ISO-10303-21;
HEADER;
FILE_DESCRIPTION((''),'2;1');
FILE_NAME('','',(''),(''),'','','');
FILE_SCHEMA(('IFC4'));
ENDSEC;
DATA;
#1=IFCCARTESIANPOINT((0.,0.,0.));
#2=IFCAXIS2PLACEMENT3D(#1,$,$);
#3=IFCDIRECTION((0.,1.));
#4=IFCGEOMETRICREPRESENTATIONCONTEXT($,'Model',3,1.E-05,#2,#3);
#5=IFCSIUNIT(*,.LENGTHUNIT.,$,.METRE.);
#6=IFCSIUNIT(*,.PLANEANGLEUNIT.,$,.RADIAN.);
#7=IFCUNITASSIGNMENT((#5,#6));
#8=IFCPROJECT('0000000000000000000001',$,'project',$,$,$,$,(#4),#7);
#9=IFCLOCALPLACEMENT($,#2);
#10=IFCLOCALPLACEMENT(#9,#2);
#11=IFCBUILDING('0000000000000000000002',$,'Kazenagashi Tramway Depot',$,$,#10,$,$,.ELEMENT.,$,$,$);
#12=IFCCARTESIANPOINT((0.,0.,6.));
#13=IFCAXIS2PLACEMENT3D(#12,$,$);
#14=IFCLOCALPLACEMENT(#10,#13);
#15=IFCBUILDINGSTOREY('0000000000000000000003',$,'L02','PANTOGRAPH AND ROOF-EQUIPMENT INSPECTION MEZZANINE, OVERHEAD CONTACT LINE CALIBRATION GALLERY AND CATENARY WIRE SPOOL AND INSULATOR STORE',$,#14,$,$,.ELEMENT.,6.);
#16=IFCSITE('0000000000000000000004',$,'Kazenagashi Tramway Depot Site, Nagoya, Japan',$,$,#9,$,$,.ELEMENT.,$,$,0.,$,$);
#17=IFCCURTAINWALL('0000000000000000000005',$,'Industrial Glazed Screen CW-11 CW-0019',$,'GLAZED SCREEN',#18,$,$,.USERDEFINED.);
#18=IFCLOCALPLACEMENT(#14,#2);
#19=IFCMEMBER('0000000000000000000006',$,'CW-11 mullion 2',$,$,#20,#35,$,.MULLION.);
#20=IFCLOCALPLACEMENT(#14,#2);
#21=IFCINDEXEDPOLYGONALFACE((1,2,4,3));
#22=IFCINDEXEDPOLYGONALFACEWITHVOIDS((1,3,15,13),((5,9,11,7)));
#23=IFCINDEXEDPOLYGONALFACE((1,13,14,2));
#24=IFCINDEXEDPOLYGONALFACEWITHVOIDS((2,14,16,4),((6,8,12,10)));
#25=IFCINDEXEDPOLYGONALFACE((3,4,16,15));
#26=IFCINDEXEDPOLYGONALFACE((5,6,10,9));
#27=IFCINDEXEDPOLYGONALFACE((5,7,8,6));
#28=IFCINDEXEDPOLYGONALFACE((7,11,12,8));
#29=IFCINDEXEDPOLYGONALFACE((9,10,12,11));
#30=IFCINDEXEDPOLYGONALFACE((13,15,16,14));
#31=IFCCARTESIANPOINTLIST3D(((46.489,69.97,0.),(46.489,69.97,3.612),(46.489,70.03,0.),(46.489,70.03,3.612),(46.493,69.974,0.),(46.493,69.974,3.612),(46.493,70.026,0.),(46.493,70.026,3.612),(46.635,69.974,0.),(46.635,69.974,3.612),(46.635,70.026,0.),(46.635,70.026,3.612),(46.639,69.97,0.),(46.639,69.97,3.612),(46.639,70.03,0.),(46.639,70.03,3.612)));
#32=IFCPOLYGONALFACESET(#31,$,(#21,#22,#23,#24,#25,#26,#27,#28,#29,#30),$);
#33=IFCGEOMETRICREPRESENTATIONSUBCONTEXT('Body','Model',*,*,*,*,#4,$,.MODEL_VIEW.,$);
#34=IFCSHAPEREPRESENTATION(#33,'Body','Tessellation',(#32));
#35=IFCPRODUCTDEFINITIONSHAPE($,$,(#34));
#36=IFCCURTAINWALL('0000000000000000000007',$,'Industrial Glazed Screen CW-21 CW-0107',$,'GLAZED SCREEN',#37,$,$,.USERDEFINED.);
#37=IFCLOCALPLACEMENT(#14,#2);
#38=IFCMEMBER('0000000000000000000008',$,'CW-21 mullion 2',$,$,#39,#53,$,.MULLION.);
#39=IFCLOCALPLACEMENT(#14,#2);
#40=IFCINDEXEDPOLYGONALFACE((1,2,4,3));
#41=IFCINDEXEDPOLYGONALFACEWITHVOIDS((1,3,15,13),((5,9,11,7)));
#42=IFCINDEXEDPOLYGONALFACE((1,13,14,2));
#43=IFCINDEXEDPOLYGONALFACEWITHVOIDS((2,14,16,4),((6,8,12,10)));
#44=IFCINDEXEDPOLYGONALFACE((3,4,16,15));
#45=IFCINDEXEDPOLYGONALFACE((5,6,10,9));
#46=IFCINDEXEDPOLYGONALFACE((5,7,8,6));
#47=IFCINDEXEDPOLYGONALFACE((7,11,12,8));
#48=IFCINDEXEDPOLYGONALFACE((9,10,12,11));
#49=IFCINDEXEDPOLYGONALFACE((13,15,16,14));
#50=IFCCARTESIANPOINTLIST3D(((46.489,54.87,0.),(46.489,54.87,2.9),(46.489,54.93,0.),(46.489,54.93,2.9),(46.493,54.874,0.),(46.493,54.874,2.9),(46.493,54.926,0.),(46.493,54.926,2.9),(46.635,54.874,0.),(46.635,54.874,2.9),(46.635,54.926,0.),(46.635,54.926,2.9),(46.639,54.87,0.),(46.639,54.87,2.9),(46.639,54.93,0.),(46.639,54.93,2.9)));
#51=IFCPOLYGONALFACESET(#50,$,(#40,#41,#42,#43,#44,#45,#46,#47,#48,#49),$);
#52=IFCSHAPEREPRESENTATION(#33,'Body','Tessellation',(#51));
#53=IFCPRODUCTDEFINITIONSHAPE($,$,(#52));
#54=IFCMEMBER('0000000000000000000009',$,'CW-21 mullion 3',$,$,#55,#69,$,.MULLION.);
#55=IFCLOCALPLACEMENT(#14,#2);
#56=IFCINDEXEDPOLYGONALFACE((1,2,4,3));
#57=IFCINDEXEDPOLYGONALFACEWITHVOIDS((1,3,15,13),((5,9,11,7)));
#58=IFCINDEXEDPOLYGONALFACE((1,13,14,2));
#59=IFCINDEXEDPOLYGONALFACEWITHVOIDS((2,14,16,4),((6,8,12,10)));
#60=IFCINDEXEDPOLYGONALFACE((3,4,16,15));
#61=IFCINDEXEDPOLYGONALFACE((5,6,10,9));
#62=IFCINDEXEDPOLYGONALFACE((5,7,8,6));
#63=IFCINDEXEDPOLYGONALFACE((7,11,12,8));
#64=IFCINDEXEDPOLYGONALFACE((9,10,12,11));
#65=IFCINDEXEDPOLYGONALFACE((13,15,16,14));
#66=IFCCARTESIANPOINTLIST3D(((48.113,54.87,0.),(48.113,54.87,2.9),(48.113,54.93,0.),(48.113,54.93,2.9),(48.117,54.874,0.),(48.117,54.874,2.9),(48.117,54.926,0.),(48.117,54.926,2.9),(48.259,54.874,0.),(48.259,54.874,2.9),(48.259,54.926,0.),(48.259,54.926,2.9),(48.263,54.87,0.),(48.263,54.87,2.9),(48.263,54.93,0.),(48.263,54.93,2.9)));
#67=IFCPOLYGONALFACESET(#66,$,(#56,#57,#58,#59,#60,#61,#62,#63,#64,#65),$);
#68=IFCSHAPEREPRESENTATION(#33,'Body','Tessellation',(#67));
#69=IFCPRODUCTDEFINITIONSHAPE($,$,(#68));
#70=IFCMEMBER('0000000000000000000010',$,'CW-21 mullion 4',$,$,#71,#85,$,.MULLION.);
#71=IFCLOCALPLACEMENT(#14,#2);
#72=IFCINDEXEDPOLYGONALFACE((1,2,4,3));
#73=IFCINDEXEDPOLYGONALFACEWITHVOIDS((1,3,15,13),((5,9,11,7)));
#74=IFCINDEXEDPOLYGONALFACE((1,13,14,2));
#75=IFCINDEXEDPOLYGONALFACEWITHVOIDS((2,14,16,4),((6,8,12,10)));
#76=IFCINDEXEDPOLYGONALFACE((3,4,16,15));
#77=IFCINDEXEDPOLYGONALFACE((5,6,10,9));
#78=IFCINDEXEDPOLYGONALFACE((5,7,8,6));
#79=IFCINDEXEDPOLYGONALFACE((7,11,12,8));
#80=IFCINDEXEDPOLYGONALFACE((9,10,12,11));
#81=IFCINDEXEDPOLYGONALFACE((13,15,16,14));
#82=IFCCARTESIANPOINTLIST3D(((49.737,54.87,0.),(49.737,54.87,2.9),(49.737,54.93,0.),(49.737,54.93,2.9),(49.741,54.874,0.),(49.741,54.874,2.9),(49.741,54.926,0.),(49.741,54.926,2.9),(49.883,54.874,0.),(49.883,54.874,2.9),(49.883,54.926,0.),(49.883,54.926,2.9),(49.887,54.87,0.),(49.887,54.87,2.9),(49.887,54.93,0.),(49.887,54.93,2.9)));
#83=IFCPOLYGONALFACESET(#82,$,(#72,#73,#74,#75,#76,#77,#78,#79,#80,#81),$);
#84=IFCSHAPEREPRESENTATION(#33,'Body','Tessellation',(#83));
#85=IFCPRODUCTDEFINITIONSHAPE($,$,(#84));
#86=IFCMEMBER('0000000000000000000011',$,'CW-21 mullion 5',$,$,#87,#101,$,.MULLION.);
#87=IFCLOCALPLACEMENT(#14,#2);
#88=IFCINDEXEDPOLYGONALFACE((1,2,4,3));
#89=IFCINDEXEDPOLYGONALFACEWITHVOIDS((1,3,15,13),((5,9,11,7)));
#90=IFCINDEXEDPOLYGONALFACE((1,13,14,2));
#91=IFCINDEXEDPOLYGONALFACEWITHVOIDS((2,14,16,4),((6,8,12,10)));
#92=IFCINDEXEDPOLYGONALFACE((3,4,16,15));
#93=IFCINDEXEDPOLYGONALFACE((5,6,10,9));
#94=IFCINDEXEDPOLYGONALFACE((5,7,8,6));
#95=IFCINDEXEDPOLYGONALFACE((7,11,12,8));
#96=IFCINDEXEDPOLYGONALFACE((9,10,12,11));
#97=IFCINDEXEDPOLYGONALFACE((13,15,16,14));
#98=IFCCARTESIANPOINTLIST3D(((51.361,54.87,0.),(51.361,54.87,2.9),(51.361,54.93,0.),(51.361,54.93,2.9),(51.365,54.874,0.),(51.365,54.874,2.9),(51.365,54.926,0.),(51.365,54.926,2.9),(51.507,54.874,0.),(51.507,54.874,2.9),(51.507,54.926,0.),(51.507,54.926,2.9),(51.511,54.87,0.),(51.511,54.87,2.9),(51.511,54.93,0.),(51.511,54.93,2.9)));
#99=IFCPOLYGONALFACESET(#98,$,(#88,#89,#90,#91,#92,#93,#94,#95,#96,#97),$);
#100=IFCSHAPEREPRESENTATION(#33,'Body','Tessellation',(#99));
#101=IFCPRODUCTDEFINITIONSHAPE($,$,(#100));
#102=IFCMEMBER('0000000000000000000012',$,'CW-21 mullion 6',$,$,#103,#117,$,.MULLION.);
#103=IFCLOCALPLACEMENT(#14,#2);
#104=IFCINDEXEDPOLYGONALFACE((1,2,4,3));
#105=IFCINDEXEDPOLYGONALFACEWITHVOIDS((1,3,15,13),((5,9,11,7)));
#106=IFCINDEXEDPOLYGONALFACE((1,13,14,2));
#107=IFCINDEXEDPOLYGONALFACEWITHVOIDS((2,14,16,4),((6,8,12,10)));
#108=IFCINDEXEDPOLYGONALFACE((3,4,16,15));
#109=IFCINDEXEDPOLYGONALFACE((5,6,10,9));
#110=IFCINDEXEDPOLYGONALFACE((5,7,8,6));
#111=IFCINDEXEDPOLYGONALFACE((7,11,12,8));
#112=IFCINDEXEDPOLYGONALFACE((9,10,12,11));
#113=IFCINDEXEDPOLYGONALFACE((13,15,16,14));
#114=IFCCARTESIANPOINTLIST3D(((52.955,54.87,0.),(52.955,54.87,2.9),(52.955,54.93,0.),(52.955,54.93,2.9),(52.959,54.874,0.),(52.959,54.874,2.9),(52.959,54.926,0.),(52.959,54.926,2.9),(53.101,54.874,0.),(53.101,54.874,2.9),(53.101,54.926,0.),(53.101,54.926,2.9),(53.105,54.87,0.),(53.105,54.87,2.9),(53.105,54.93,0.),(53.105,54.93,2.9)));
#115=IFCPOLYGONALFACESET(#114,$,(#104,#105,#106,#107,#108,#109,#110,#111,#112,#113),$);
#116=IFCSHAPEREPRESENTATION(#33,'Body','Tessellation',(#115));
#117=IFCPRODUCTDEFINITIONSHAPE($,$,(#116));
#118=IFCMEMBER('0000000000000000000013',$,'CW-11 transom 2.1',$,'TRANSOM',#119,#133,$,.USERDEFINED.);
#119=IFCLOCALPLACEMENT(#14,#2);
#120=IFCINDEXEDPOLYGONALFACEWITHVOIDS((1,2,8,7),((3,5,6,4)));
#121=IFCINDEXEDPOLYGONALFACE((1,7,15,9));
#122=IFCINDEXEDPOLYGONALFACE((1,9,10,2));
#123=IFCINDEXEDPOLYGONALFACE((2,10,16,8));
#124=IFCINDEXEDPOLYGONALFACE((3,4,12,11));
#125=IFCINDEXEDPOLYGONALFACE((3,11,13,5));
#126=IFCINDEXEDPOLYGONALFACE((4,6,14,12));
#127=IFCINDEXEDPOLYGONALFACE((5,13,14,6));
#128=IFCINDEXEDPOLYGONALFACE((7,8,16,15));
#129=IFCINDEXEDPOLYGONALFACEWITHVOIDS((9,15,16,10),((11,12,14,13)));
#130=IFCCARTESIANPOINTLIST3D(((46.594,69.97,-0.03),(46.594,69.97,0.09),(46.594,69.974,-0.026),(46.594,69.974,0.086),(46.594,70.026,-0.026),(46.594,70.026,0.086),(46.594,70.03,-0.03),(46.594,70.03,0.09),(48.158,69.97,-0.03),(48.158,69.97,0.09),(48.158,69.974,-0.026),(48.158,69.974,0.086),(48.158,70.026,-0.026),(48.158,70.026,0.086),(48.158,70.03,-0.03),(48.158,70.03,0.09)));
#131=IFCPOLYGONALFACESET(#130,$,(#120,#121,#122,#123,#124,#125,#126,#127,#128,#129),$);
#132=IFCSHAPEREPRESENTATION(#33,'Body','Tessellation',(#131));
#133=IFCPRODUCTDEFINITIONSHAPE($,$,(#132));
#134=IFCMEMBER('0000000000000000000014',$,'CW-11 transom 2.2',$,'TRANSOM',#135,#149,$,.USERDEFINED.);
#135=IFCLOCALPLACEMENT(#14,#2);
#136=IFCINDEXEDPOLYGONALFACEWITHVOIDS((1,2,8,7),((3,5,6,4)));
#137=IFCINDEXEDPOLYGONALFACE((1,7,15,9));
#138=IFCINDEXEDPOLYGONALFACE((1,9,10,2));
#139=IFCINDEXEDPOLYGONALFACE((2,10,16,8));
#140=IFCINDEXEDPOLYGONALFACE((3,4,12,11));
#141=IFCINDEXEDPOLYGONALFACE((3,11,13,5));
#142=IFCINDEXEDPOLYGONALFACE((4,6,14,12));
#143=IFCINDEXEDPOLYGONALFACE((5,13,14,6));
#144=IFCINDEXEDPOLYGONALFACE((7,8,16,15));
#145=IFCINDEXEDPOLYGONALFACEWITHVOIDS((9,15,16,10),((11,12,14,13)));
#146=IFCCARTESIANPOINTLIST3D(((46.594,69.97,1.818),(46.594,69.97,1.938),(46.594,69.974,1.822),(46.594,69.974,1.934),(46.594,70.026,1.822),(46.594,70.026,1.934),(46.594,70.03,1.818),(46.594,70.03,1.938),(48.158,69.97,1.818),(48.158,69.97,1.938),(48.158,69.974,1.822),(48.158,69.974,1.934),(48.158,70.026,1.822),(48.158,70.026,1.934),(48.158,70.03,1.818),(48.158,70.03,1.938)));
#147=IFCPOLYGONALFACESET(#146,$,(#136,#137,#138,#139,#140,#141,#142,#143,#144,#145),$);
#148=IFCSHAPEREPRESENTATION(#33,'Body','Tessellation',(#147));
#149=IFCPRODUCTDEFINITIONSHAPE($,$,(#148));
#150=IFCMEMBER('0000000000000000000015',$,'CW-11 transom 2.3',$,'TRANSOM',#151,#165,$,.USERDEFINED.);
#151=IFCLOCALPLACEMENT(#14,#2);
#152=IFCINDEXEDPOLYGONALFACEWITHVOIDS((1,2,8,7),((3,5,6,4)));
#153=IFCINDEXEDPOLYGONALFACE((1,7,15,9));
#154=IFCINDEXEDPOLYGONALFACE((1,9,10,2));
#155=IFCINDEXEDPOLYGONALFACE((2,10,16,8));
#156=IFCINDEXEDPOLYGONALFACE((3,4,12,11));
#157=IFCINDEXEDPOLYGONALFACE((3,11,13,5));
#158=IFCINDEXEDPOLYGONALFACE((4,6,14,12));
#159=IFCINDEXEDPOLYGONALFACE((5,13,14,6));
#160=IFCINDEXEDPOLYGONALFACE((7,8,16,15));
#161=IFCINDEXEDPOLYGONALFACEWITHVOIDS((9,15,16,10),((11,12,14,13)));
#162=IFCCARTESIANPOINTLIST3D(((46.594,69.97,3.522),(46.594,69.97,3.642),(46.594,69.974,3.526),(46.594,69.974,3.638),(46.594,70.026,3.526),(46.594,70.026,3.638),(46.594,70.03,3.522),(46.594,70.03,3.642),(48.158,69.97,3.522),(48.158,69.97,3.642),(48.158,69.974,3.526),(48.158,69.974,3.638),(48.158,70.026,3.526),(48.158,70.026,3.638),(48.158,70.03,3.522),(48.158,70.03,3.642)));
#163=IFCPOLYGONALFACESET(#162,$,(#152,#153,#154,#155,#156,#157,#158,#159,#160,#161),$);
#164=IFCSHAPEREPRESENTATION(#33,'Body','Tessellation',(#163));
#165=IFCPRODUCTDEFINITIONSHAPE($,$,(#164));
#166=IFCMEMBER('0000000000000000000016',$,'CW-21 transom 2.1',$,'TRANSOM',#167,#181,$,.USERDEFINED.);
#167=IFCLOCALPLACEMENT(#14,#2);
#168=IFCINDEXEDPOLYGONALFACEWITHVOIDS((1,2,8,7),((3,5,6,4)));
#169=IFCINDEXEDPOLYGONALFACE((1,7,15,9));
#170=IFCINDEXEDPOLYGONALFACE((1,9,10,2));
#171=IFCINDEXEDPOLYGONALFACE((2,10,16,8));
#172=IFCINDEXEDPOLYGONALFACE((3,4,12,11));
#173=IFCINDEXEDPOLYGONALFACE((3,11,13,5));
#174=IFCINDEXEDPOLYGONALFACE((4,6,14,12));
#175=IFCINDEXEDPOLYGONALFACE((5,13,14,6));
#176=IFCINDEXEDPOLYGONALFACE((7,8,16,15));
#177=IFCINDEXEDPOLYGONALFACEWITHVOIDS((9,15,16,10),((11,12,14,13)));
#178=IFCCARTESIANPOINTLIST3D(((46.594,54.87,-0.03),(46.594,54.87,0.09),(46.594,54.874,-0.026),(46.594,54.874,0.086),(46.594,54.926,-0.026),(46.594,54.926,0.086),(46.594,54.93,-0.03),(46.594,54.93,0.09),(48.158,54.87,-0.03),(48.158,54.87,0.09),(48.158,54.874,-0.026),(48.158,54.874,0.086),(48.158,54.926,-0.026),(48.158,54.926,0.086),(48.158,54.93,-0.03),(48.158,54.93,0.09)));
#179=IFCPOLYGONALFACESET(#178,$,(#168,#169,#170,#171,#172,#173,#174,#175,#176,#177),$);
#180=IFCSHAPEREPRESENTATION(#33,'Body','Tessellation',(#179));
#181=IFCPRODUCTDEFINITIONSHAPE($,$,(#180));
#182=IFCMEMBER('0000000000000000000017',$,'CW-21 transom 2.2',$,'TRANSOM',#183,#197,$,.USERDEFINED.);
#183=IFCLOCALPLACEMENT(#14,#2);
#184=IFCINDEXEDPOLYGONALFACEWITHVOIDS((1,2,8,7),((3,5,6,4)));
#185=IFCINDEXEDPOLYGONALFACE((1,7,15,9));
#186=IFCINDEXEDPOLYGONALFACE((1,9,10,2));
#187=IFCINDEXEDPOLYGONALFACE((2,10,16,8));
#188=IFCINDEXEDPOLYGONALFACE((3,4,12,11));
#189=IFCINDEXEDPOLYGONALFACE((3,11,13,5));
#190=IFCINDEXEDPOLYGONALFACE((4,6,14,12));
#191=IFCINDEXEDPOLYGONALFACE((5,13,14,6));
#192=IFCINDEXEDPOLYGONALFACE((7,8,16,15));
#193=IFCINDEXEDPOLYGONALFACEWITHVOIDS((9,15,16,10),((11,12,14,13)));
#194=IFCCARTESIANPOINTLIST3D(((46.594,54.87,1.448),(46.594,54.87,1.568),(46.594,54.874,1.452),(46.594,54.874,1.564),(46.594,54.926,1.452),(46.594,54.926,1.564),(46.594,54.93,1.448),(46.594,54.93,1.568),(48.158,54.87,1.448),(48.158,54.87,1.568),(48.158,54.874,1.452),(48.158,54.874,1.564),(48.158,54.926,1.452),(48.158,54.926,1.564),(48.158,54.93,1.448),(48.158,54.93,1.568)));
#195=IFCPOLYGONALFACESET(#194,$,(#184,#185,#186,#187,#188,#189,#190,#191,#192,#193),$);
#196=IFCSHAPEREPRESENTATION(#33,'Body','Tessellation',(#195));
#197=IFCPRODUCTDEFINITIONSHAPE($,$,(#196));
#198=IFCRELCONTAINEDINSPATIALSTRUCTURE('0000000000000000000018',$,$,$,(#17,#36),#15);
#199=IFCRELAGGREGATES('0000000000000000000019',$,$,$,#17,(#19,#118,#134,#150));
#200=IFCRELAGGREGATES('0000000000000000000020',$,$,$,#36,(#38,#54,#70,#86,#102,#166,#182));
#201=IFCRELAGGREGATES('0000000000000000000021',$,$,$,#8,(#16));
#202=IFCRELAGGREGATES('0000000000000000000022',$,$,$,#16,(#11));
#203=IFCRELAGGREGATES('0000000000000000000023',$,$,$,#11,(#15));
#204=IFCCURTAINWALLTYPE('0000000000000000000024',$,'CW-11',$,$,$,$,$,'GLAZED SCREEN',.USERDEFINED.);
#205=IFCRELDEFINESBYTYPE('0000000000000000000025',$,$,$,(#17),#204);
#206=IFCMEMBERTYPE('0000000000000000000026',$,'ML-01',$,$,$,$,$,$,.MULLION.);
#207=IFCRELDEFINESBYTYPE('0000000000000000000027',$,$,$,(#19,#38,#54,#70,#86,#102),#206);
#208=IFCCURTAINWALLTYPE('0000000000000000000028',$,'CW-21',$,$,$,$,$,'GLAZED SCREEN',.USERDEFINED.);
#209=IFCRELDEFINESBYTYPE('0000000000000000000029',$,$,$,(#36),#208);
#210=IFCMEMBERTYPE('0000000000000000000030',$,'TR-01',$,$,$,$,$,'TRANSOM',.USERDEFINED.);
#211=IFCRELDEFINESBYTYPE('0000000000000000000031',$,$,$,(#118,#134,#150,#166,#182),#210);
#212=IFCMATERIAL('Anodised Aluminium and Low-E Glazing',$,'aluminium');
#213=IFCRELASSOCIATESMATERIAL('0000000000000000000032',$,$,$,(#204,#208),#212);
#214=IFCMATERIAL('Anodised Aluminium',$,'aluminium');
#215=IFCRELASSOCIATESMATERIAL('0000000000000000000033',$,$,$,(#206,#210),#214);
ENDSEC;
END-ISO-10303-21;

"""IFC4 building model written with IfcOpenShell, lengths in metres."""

from ifc_helpers import new_model, si_unit, direction, frame, origin, origin_2d, place, context, subcontext, project, spatial, hollow_rectangle, extrude, material, material_profile, profile_set, type_object, element, aggregate, save


model = new_model("IFC4")

# Units and contexts
model_context = context("Model", 3, precision=1e-05, world=origin(), true_north=direction((0.0, 1.0)))
body_context = subcontext(model_context, "Body", "Model", "MODEL_VIEW")
ifc_project = project(units=[si_unit("LENGTHUNIT", "METRE"), si_unit("PLANEANGLEUNIT", "RADIAN")], contexts=[model_context])

# Site, building, storey
site_placement = place(None, origin())
site = spatial("IfcSite", under=ifc_project, at=site_placement, Name="Kazenagashi Tramway Depot Site, Nagoya, Japan", CompositionType="ELEMENT", RefElevation=0.0)
building_placement = place(site_placement, origin())
building = spatial("IfcBuilding", under=site, at=building_placement, Name="Kazenagashi Tramway Depot", CompositionType="ELEMENT")
storey_placement = place(building_placement, frame((0.0, 0.0, 6.0)))
storey = spatial("IfcBuildingStorey", under=building, at=storey_placement, Name="L02", Description="PANTOGRAPH AND ROOF-EQUIPMENT INSPECTION MEZZANINE, OVERHEAD CONTACT LINE CALIBRATION GALLERY AND CATENARY WIRE SPOOL AND INSULATOR STORE", CompositionType="ELEMENT", Elevation=6.0)

# Curtain wall, member
ifc_material_1 = material(Name="Anodised Aluminium and Low-E Glazing", Category="aluminium")
curtain_wall_type_1 = type_object("IfcCurtainWallType", Name="CW-11", ElementType="GLAZED SCREEN", PredefinedType="USERDEFINED", material=ifc_material_1)
curtain_wall_1_placement = place(storey_placement, origin())
curtain_wall_1 = element("IfcCurtainWall", 1, at=curtain_wall_1_placement, inside=storey, type_object=curtain_wall_type_1, Name="Industrial Glazed Screen CW-11 CW-0019", ObjectType="GLAZED SCREEN", PredefinedType="USERDEFINED")
ifc_material_2 = material(Name="Anodised Aluminium", Category="aluminium")
ifc_material_profile_1 = material_profile(ifc_material_2, hollow_rectangle(XDim=0.06, YDim=0.15, WallThickness=0.004, at=origin_2d()), Name="RHS-150x60x4")
ifc_profile_set_1 = profile_set([ifc_material_profile_1], Name="Anodised Aluminium")
member_type_1 = type_object("IfcMemberType", Name="ML-01", PredefinedType="MULLION", material=ifc_profile_set_1)
member_1_placement = place(storey_placement, frame((46.564, 70.0, 0.0), z_axis=(0.0, 0.0, 1.0), x_axis=(0.0, 1.0, 0.0)))
member_1 = element("IfcMember", 2, at=member_1_placement, type_object=member_type_1, Name="CW-11 mullion 2", PredefinedType="MULLION", context=body_context, shape_type="SweptSolid", body=[
    extrude(hollow_rectangle(XDim=0.06, YDim=0.15, WallThickness=0.004, at=origin_2d()), origin(), (0.0, 0.0, 1.0), 3.612),
])

# Curtain wall, members
curtain_wall_type_2 = type_object("IfcCurtainWallType", Name="CW-21", ElementType="GLAZED SCREEN", PredefinedType="USERDEFINED", material=ifc_material_1)
curtain_wall_2_placement = place(storey_placement, origin())
curtain_wall_2 = element("IfcCurtainWall", 3, at=curtain_wall_2_placement, inside=storey, type_object=curtain_wall_type_2, Name="Industrial Glazed Screen CW-21 CW-0107", ObjectType="GLAZED SCREEN", PredefinedType="USERDEFINED")
member_2_placement = place(storey_placement, frame((46.564, 54.9, 0.0), z_axis=(0.0, 0.0, 1.0), x_axis=(0.0, 1.0, 0.0)))
member_2 = element("IfcMember", 4, at=member_2_placement, type_object=member_type_1, Name="CW-21 mullion 2", PredefinedType="MULLION", context=body_context, shape_type="SweptSolid", body=[
    extrude(hollow_rectangle(XDim=0.06, YDim=0.15, WallThickness=0.004, at=origin_2d()), origin(), (0.0, 0.0, 1.0), 2.9),
])
member_3_placement = place(storey_placement, frame((48.188, 54.9, 0.0), z_axis=(0.0, 0.0, 1.0), x_axis=(0.0, 1.0, 0.0)))
member_3 = element("IfcMember", 5, at=member_3_placement, type_object=member_type_1, Name="CW-21 mullion 3", PredefinedType="MULLION", context=body_context, shape_type="SweptSolid", body=[
    extrude(hollow_rectangle(XDim=0.06, YDim=0.15, WallThickness=0.004, at=origin_2d()), origin(), (0.0, 0.0, 1.0), 2.9),
])
member_4_placement = place(storey_placement, frame((49.812, 54.9, 0.0), z_axis=(0.0, 0.0, 1.0), x_axis=(0.0, 1.0, 0.0)))
member_4 = element("IfcMember", 6, at=member_4_placement, type_object=member_type_1, Name="CW-21 mullion 4", PredefinedType="MULLION", context=body_context, shape_type="SweptSolid", body=[
    extrude(hollow_rectangle(XDim=0.06, YDim=0.15, WallThickness=0.004, at=origin_2d()), origin(), (0.0, 0.0, 1.0), 2.9),
])
member_5_placement = place(storey_placement, frame((51.436, 54.9, 0.0), z_axis=(0.0, 0.0, 1.0), x_axis=(0.0, 1.0, 0.0)))
member_5 = element("IfcMember", 7, at=member_5_placement, type_object=member_type_1, Name="CW-21 mullion 5", PredefinedType="MULLION", context=body_context, shape_type="SweptSolid", body=[
    extrude(hollow_rectangle(XDim=0.06, YDim=0.15, WallThickness=0.004, at=origin_2d()), origin(), (0.0, 0.0, 1.0), 2.9),
])
member_6_placement = place(storey_placement, frame((53.03, 54.9, 0.0), z_axis=(0.0, 0.0, 1.0), x_axis=(0.0, 1.0, 0.0)))
member_6 = element("IfcMember", 8, at=member_6_placement, type_object=member_type_1, Name="CW-21 mullion 6", PredefinedType="MULLION", context=body_context, shape_type="SweptSolid", body=[
    extrude(hollow_rectangle(XDim=0.06, YDim=0.15, WallThickness=0.004, at=origin_2d()), origin(), (0.0, 0.0, 1.0), 2.9),
])

# Members
ifc_material_profile_2 = material_profile(ifc_material_2, hollow_rectangle(XDim=0.06, YDim=0.12, WallThickness=0.004, at=origin_2d()), Name="RHS-120x60x4")
ifc_profile_set_2 = profile_set([ifc_material_profile_2], Name="Anodised Aluminium")
member_type_2 = type_object("IfcMemberType", Name="TR-01", ElementType="TRANSOM", PredefinedType="USERDEFINED", material=ifc_profile_set_2)
member_7_placement = place(storey_placement, frame((46.594, 70.0, 0.03), z_axis=(1.0, 0.0, 0.0), x_axis=(0.0, 1.0, 0.0)))
member_7 = element("IfcMember", 9, at=member_7_placement, type_object=member_type_2, Name="CW-11 transom 2.1", ObjectType="TRANSOM", PredefinedType="USERDEFINED", context=body_context, shape_type="SweptSolid", body=[
    extrude(hollow_rectangle(XDim=0.06, YDim=0.12, WallThickness=0.004, at=origin_2d()), origin(), (0.0, 0.0, 1.0), 1.564),
])
member_8_placement = place(storey_placement, frame((46.594, 70.0, 1.878), z_axis=(1.0, 0.0, 0.0), x_axis=(0.0, 1.0, 0.0)))
member_8 = element("IfcMember", 10, at=member_8_placement, type_object=member_type_2, Name="CW-11 transom 2.2", ObjectType="TRANSOM", PredefinedType="USERDEFINED", context=body_context, shape_type="SweptSolid", body=[
    extrude(hollow_rectangle(XDim=0.06, YDim=0.12, WallThickness=0.004, at=origin_2d()), origin(), (0.0, 0.0, 1.0), 1.564),
])
member_9_placement = place(storey_placement, frame((46.594, 70.0, 3.582), z_axis=(1.0, 0.0, 0.0), x_axis=(0.0, 1.0, 0.0)))
member_9 = element("IfcMember", 11, at=member_9_placement, type_object=member_type_2, Name="CW-11 transom 2.3", ObjectType="TRANSOM", PredefinedType="USERDEFINED", context=body_context, shape_type="SweptSolid", body=[
    extrude(hollow_rectangle(XDim=0.06, YDim=0.12, WallThickness=0.004, at=origin_2d()), origin(), (0.0, 0.0, 1.0), 1.564),
])
member_10_placement = place(storey_placement, frame((46.594, 54.9, 0.03), z_axis=(1.0, 0.0, 0.0), x_axis=(0.0, 1.0, 0.0)))
member_10 = element("IfcMember", 12, at=member_10_placement, type_object=member_type_2, Name="CW-21 transom 2.1", ObjectType="TRANSOM", PredefinedType="USERDEFINED", context=body_context, shape_type="SweptSolid", body=[
    extrude(hollow_rectangle(XDim=0.06, YDim=0.12, WallThickness=0.004, at=origin_2d()), origin(), (0.0, 0.0, 1.0), 1.564),
])
member_11_placement = place(storey_placement, frame((46.594, 54.9, 1.508), z_axis=(1.0, 0.0, 0.0), x_axis=(0.0, 1.0, 0.0)))
member_11 = element("IfcMember", 13, at=member_11_placement, type_object=member_type_2, Name="CW-21 transom 2.2", ObjectType="TRANSOM", PredefinedType="USERDEFINED", context=body_context, shape_type="SweptSolid", body=[
    extrude(hollow_rectangle(XDim=0.06, YDim=0.12, WallThickness=0.004, at=origin_2d()), origin(), (0.0, 0.0, 1.0), 1.564),
])

aggregate(curtain_wall_1, [member_1, member_7, member_8, member_9])
aggregate(curtain_wall_2, [member_2, member_3, member_4, member_5, member_6, member_10, member_11])

save(model, "model.ifc")
